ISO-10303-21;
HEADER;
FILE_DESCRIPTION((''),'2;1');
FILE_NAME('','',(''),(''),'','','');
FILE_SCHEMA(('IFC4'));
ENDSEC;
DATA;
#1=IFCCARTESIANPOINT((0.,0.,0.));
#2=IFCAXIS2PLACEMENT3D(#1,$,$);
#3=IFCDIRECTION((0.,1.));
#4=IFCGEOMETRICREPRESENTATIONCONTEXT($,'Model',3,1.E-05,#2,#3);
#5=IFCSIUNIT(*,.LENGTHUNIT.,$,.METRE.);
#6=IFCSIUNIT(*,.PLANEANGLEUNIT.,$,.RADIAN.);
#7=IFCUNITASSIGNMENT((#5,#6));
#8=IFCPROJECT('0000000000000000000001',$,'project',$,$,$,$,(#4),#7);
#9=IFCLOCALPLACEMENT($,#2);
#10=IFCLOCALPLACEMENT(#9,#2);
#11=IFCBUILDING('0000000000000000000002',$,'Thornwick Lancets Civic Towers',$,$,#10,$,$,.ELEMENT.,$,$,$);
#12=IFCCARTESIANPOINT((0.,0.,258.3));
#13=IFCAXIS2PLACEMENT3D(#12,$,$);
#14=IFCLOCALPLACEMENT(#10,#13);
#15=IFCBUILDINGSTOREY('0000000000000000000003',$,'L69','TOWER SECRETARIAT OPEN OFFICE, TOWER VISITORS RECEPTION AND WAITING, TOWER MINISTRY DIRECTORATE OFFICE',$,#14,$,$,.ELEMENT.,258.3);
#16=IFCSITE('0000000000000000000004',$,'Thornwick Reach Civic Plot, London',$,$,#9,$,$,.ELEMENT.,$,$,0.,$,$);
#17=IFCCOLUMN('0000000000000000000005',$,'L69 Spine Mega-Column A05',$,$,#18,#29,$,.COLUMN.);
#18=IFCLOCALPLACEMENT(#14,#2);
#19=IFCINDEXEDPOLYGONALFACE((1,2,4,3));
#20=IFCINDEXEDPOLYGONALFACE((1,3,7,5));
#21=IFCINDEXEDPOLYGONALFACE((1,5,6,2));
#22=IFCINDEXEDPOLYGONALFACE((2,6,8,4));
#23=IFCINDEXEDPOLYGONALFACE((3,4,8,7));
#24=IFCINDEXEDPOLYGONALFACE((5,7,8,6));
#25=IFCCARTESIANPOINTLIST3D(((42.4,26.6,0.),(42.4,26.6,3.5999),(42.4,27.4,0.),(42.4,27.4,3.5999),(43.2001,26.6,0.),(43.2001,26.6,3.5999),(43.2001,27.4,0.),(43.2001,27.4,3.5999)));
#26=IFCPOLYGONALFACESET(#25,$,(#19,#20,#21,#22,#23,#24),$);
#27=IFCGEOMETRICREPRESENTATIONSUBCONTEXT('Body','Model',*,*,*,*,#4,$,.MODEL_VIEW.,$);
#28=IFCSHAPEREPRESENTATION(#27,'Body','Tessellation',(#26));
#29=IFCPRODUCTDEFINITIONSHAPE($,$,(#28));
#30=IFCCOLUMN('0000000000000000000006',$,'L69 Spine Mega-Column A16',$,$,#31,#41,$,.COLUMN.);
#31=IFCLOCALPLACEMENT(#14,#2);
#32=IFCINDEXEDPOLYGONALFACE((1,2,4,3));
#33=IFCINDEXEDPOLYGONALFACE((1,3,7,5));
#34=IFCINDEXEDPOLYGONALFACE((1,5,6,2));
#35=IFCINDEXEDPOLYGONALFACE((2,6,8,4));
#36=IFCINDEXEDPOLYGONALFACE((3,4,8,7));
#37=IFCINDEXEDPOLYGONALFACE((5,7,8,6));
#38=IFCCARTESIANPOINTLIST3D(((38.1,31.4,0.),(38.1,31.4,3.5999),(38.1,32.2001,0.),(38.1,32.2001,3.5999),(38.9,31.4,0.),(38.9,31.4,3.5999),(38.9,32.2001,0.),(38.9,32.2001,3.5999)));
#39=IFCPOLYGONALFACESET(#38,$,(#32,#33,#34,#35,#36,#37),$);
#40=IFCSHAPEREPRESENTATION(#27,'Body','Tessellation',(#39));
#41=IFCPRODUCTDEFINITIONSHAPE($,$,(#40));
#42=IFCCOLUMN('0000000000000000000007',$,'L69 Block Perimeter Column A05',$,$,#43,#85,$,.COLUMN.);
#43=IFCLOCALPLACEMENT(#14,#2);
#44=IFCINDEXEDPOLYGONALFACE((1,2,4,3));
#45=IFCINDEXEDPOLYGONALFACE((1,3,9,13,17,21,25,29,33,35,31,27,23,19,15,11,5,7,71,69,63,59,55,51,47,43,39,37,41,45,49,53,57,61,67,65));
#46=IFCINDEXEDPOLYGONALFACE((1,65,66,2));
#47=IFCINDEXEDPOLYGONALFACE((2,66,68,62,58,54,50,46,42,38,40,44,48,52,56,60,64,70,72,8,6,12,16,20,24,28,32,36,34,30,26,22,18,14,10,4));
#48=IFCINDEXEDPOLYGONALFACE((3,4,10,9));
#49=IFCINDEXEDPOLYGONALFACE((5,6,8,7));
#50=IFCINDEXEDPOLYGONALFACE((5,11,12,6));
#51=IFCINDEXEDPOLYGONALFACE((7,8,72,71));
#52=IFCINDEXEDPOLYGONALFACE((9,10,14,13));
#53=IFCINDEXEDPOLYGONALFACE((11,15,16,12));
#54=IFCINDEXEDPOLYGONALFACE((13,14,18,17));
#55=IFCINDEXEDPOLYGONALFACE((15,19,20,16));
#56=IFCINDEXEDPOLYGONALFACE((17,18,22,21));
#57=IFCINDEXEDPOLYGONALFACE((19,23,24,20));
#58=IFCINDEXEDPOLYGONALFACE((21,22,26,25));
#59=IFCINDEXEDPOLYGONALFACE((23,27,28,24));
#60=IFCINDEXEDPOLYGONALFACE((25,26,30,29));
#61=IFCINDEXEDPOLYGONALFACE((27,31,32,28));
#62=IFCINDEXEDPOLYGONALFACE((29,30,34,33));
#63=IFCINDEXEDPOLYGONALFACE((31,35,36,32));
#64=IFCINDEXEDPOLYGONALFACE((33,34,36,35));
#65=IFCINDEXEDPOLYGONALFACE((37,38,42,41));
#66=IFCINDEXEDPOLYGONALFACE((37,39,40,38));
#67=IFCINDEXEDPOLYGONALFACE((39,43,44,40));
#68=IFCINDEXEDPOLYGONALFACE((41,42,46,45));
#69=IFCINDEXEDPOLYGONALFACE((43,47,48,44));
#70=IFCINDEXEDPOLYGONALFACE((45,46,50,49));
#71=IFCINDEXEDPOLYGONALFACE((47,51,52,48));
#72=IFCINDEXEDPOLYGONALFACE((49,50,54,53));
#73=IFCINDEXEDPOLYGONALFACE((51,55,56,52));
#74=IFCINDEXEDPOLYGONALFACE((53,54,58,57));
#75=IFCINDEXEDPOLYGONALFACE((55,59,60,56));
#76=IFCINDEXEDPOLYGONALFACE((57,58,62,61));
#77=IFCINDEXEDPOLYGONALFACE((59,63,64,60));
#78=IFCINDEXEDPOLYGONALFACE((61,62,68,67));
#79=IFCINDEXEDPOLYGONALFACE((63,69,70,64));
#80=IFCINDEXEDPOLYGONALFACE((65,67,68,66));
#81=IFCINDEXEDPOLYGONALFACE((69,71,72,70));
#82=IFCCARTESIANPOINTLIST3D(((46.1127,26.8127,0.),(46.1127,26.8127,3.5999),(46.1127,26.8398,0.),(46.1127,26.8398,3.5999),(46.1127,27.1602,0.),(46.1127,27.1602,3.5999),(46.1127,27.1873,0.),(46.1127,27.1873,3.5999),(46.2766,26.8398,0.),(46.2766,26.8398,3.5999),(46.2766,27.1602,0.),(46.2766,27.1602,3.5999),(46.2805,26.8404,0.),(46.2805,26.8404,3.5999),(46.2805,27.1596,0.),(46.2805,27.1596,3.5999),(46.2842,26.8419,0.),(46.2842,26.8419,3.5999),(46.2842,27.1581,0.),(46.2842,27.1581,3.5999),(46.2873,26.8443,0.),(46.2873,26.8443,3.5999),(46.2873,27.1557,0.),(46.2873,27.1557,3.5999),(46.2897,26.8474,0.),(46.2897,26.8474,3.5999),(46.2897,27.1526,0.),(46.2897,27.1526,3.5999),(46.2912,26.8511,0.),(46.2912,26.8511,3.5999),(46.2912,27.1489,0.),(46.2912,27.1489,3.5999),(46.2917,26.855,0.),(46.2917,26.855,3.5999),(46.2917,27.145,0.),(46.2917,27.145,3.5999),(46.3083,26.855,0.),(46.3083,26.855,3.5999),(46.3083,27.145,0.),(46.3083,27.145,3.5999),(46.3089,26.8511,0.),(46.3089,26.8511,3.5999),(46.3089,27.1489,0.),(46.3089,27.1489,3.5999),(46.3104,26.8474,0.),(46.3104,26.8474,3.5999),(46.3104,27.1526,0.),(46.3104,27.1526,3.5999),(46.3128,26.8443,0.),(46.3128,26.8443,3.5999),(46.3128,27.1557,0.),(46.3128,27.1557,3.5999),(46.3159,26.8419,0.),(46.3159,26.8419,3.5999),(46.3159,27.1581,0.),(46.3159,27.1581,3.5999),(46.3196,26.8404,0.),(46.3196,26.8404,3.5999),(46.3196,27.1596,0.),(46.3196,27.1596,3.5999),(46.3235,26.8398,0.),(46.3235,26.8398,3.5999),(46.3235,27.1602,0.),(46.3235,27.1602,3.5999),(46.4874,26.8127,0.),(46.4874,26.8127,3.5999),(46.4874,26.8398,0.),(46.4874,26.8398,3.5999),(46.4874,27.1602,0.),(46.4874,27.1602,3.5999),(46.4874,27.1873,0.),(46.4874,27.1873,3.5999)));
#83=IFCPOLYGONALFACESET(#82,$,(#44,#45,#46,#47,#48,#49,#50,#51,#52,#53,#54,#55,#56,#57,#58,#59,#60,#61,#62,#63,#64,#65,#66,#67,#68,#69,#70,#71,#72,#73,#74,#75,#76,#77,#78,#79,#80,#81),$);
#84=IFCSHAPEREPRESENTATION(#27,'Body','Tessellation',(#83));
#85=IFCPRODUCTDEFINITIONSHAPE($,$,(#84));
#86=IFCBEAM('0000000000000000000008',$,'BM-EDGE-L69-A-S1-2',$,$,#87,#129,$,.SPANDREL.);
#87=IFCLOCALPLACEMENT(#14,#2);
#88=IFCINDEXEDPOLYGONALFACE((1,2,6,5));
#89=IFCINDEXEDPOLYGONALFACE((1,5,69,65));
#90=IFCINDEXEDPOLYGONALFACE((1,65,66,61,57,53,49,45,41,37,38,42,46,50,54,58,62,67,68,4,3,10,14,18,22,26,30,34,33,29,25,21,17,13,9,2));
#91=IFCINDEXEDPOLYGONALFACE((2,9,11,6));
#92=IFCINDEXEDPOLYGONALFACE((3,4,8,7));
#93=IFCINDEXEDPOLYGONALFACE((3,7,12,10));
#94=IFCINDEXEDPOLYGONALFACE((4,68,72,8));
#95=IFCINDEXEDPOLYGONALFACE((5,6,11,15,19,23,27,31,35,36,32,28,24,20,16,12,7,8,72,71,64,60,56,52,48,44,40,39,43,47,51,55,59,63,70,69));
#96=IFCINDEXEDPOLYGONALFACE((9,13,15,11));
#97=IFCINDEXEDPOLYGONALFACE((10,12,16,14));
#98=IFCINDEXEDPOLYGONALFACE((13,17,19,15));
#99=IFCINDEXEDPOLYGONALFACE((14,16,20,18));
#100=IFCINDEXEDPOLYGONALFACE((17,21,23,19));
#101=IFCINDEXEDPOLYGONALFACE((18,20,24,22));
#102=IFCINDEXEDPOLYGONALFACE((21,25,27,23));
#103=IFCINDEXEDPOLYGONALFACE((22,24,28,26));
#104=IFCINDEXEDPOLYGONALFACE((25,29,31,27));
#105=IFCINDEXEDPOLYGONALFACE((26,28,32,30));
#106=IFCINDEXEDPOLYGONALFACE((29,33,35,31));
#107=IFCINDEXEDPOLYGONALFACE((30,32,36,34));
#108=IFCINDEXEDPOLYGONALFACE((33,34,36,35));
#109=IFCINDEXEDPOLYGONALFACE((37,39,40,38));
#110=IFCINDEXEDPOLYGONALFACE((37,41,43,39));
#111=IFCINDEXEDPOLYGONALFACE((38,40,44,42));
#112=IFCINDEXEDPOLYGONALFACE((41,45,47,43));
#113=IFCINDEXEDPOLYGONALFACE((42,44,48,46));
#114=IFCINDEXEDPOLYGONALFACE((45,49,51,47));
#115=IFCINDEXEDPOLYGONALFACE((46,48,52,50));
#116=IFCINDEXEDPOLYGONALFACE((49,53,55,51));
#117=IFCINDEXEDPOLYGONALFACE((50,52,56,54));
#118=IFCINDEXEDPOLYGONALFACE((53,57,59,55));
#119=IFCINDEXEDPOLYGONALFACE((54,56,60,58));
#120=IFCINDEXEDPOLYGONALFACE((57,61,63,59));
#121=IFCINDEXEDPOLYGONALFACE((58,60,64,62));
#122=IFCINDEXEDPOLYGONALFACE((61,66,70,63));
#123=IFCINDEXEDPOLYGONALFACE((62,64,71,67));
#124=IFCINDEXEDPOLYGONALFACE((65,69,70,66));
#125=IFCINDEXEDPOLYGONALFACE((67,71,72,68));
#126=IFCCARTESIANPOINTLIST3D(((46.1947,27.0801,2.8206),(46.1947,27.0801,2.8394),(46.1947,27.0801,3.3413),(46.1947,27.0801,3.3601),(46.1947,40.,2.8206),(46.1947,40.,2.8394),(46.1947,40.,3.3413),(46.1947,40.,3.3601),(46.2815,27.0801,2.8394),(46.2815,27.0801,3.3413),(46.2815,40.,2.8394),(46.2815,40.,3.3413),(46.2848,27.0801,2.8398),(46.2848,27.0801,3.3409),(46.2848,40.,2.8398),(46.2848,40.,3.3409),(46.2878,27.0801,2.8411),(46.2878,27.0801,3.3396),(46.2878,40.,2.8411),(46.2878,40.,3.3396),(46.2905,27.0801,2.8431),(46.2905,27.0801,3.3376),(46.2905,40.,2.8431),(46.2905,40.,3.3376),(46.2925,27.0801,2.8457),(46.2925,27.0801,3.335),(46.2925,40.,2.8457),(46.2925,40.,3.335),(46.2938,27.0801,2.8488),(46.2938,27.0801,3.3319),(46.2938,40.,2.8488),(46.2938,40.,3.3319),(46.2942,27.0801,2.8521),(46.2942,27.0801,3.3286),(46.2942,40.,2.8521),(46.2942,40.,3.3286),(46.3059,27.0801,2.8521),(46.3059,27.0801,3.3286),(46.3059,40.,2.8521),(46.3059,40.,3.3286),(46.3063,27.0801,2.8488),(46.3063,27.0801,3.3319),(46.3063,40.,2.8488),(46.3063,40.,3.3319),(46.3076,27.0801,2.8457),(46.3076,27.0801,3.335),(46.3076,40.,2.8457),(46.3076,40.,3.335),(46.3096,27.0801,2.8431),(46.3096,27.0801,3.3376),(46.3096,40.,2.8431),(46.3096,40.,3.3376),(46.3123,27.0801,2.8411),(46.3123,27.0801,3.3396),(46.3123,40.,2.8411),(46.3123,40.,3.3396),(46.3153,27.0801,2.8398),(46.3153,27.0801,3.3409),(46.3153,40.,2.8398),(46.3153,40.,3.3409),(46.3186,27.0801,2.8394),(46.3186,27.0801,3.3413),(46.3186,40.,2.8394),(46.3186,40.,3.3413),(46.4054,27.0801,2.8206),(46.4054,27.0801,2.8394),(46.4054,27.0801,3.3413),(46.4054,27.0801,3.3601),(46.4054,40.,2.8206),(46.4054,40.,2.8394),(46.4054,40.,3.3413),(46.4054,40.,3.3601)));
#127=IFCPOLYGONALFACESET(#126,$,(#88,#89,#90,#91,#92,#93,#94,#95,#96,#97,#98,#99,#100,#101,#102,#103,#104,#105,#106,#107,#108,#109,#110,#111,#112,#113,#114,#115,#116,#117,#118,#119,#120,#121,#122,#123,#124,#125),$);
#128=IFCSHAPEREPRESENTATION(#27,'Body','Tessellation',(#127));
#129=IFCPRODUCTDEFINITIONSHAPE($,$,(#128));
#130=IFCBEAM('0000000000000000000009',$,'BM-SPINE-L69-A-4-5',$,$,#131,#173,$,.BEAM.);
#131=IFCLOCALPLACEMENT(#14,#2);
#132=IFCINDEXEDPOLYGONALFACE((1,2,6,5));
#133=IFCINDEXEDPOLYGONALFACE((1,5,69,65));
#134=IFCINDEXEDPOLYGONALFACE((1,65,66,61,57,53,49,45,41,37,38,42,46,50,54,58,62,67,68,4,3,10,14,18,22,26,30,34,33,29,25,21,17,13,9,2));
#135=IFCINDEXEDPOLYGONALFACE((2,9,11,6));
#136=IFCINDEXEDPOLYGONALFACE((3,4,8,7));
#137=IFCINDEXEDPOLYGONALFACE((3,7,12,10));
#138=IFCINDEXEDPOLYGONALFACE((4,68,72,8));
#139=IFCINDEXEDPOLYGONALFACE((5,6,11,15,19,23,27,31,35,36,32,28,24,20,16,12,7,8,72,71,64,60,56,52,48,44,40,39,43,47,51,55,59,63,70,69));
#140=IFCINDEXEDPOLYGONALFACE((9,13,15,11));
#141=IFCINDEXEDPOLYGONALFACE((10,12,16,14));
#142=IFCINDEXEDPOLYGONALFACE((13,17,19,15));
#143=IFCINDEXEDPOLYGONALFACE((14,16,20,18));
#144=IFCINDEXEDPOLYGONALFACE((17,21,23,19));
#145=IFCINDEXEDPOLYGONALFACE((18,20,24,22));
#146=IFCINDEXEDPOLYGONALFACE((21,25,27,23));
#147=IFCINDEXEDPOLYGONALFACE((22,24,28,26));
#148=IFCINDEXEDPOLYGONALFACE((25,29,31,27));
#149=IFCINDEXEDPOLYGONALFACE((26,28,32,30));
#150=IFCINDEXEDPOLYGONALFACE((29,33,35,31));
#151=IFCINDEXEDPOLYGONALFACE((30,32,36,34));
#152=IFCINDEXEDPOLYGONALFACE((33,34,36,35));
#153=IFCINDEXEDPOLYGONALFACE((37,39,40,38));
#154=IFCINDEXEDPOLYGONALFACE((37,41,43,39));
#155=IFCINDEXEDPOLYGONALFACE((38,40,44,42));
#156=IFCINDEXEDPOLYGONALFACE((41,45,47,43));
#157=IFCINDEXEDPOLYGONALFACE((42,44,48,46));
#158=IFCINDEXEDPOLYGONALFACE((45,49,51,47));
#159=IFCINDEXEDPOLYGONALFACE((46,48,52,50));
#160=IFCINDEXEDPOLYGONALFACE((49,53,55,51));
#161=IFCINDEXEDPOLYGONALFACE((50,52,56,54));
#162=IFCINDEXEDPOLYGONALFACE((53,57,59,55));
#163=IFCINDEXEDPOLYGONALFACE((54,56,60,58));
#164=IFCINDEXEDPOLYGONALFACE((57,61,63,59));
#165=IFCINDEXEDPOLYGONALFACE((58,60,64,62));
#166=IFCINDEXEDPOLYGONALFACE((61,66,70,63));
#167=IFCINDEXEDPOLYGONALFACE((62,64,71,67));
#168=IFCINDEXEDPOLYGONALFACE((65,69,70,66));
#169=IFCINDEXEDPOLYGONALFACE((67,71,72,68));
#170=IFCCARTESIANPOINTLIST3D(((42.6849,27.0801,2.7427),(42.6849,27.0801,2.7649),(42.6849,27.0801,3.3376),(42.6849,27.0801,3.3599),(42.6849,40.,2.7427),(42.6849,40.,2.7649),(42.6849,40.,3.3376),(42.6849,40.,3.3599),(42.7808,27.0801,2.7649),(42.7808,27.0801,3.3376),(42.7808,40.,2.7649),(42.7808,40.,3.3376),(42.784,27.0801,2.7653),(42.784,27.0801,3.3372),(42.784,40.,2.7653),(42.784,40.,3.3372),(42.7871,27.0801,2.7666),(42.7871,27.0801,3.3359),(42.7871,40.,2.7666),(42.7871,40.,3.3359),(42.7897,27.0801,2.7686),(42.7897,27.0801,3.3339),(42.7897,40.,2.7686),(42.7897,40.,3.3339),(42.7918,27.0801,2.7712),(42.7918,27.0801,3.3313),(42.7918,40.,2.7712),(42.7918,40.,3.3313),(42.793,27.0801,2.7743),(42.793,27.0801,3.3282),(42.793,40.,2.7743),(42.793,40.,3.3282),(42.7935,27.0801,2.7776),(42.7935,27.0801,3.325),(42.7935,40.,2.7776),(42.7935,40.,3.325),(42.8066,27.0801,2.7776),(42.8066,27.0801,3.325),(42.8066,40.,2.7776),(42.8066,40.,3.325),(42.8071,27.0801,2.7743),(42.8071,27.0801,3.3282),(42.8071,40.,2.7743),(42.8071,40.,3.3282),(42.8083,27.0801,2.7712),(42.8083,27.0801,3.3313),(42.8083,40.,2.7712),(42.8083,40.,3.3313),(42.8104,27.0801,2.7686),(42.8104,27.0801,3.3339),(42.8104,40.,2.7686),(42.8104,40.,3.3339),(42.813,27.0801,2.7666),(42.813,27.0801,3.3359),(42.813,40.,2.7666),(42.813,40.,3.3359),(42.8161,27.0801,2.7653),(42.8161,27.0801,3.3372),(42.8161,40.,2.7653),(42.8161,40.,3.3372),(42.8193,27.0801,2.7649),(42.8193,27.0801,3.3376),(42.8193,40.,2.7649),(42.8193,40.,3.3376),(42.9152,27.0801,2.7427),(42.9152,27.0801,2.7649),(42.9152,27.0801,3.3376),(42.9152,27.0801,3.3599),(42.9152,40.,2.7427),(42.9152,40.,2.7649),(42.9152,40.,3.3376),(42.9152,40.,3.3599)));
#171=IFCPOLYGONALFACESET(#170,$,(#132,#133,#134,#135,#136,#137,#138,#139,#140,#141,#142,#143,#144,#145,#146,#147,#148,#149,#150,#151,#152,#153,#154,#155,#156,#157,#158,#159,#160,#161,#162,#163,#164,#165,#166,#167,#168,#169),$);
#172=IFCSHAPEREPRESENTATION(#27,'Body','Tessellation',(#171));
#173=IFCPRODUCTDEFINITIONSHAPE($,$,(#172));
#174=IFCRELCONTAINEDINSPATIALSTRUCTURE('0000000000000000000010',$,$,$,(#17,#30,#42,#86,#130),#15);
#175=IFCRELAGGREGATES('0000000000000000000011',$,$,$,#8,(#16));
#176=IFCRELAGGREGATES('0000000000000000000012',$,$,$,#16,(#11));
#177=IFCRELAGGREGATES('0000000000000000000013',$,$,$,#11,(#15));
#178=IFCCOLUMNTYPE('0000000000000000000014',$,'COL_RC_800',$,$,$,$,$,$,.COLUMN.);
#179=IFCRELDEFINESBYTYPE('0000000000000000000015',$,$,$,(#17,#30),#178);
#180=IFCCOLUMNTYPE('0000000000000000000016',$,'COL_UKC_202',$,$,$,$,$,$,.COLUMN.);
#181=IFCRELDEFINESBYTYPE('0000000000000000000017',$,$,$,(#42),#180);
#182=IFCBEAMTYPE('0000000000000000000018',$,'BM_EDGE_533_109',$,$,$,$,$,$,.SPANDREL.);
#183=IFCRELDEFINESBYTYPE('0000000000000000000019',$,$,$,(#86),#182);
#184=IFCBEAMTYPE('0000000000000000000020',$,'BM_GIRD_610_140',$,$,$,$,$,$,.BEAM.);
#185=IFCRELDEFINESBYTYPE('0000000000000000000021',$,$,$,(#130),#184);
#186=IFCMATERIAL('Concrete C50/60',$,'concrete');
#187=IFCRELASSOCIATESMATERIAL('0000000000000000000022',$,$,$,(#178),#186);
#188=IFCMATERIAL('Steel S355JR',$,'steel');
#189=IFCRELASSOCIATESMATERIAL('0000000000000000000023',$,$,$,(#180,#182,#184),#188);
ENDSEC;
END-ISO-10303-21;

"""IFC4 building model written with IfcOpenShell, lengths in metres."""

from ifc_helpers import new_model, si_unit, direction, frame, origin, origin_2d, place, context, subcontext, project, spatial, rectangle, i_section, extrude, material, material_profile, profile_set, type_object, element, save


model = new_model("IFC4")

# Units and contexts
model_context = context("Model", 3, precision=1e-05, world=origin(), true_north=direction((0.0, 1.0)))
body_context = subcontext(model_context, "Body", "Model", "MODEL_VIEW")
ifc_project = project(units=[si_unit("LENGTHUNIT", "METRE"), si_unit("PLANEANGLEUNIT", "RADIAN")], contexts=[model_context])

# Site, building, storey
site_placement = place(None, origin())
site = spatial("IfcSite", under=ifc_project, at=site_placement, Name="Thornwick Reach Civic Plot, London", CompositionType="ELEMENT", RefElevation=0.0)
building_placement = place(site_placement, origin())
building = spatial("IfcBuilding", under=site, at=building_placement, Name="Thornwick Lancets Civic Towers", CompositionType="ELEMENT")
storey_placement = place(building_placement, frame((0.0, 0.0, 258.3)))
storey = spatial("IfcBuildingStorey", under=building, at=storey_placement, Name="L69", Description="TOWER SECRETARIAT OPEN OFFICE, TOWER VISITORS RECEPTION AND WAITING, TOWER MINISTRY DIRECTORATE OFFICE", CompositionType="ELEMENT", Elevation=258.3)

# Columns
ifc_material_1 = material(Name="Concrete C50/60", Category="concrete")
ifc_material_profile_1 = material_profile(ifc_material_1, rectangle(XDim=0.8, YDim=0.8, at=origin_2d()), Name="RC 800x800")
ifc_profile_set_1 = profile_set([ifc_material_profile_1], Name="Concrete C50/60")
column_type_1 = type_object("IfcColumnType", Name="COL_RC_800", PredefinedType="COLUMN", material=ifc_profile_set_1)
for number, where, z_axis, x_axis, name in (
    (1, (42.8, 27.0, 0.0), (0.0, 0.0, 1.0), (1.0, 0.0, 0.0), "L69 Spine Mega-Column A05"),
    (2, (38.5, 31.8, 0.0), (0.0, 0.0, 1.0), (1.0, 0.0, 0.0), "L69 Spine Mega-Column A16"),
):
    element("IfcColumn", number, at=place(storey_placement, frame(where, z_axis=z_axis, x_axis=x_axis)), inside=storey, type_object=column_type_1, Name=name, PredefinedType="COLUMN", context=body_context, shape_type="SweptSolid", body=[
        extrude(rectangle(XDim=0.8, YDim=0.8, at=origin_2d()), origin(), (0.0, 0.0, 1.0), 3.5999),
    ])
ifc_material_2 = material(Name="Steel S355JR", Category="steel")
ifc_material_profile_2 = material_profile(ifc_material_2, i_section(OverallWidth=0.3748, OverallDepth=0.3745, WebThickness=0.0166, FlangeThickness=0.0271, FilletRadius=0.0151, at=origin_2d()), Name="UKC 356x368x202")
ifc_profile_set_2 = profile_set([ifc_material_profile_2], Name="Steel S355JR")
column_type_2 = type_object("IfcColumnType", Name="COL_UKC_202", PredefinedType="COLUMN", material=ifc_profile_set_2)
column_placement = place(storey_placement, frame((46.3, 27.0, 0.0), z_axis=(0.0, 0.0, 1.0), x_axis=(1.0, 0.0, 0.0)))
element("IfcColumn", 3, at=column_placement, inside=storey, type_object=column_type_2, Name="L69 Block Perimeter Column A05", PredefinedType="COLUMN", context=body_context, shape_type="SweptSolid", body=[
    extrude(i_section(OverallWidth=0.3748, OverallDepth=0.3745, WebThickness=0.0166, FlangeThickness=0.0271, FilletRadius=0.0151, at=origin_2d()), origin(), (0.0, 0.0, 1.0), 3.5999),
])

# Beams
ifc_material_profile_3 = material_profile(ifc_material_2, i_section(OverallWidth=0.2107, OverallDepth=0.5396, WebThickness=0.0117, FlangeThickness=0.0188, FilletRadius=0.0127, at=origin_2d()), Name="UKB 533x210x109")
ifc_profile_set_3 = profile_set([ifc_material_profile_3], Name="Steel S355JR")
beam_type_1 = type_object("IfcBeamType", Name="BM_EDGE_533_109", PredefinedType="SPANDREL", material=ifc_profile_set_3)
beam_1_placement = place(storey_placement, frame((46.3, 27.0801, 3.0903), z_axis=(0.0, 1.0, 0.0), x_axis=(-1.0, 0.0, 0.0)))
element("IfcBeam", 4, at=beam_1_placement, inside=storey, type_object=beam_type_1, Name="BM-EDGE-L69-A-S1-2", PredefinedType="SPANDREL", context=body_context, shape_type="SweptSolid", body=[
    extrude(i_section(OverallWidth=0.2107, OverallDepth=0.5396, WebThickness=0.0117, FlangeThickness=0.0188, FilletRadius=0.0127, at=origin_2d()), origin(), (0.0, 0.0, 1.0), 12.9199),
])
ifc_material_profile_4 = material_profile(ifc_material_2, i_section(OverallWidth=0.2302, OverallDepth=0.6172, WebThickness=0.0132, FlangeThickness=0.0222, FilletRadius=0.0127, at=origin_2d()), Name="UKB 610x229x140")
ifc_profile_set_4 = profile_set([ifc_material_profile_4], Name="Steel S355JR")
beam_type_2 = type_object("IfcBeamType", Name="BM_GIRD_610_140", PredefinedType="BEAM", material=ifc_profile_set_4)
beam_2_placement = place(storey_placement, frame((42.8, 27.0801, 3.0513), z_axis=(0.0, 1.0, 0.0), x_axis=(-1.0, 0.0, 0.0)))
element("IfcBeam", 5, at=beam_2_placement, inside=storey, type_object=beam_type_2, Name="BM-SPINE-L69-A-4-5", PredefinedType="BEAM", context=body_context, shape_type="SweptSolid", body=[
    extrude(i_section(OverallWidth=0.2302, OverallDepth=0.6172, WebThickness=0.0132, FlangeThickness=0.0222, FilletRadius=0.0127, at=origin_2d()), origin(), (0.0, 0.0, 1.0), 12.9199),
])

save(model, "model.ifc")
